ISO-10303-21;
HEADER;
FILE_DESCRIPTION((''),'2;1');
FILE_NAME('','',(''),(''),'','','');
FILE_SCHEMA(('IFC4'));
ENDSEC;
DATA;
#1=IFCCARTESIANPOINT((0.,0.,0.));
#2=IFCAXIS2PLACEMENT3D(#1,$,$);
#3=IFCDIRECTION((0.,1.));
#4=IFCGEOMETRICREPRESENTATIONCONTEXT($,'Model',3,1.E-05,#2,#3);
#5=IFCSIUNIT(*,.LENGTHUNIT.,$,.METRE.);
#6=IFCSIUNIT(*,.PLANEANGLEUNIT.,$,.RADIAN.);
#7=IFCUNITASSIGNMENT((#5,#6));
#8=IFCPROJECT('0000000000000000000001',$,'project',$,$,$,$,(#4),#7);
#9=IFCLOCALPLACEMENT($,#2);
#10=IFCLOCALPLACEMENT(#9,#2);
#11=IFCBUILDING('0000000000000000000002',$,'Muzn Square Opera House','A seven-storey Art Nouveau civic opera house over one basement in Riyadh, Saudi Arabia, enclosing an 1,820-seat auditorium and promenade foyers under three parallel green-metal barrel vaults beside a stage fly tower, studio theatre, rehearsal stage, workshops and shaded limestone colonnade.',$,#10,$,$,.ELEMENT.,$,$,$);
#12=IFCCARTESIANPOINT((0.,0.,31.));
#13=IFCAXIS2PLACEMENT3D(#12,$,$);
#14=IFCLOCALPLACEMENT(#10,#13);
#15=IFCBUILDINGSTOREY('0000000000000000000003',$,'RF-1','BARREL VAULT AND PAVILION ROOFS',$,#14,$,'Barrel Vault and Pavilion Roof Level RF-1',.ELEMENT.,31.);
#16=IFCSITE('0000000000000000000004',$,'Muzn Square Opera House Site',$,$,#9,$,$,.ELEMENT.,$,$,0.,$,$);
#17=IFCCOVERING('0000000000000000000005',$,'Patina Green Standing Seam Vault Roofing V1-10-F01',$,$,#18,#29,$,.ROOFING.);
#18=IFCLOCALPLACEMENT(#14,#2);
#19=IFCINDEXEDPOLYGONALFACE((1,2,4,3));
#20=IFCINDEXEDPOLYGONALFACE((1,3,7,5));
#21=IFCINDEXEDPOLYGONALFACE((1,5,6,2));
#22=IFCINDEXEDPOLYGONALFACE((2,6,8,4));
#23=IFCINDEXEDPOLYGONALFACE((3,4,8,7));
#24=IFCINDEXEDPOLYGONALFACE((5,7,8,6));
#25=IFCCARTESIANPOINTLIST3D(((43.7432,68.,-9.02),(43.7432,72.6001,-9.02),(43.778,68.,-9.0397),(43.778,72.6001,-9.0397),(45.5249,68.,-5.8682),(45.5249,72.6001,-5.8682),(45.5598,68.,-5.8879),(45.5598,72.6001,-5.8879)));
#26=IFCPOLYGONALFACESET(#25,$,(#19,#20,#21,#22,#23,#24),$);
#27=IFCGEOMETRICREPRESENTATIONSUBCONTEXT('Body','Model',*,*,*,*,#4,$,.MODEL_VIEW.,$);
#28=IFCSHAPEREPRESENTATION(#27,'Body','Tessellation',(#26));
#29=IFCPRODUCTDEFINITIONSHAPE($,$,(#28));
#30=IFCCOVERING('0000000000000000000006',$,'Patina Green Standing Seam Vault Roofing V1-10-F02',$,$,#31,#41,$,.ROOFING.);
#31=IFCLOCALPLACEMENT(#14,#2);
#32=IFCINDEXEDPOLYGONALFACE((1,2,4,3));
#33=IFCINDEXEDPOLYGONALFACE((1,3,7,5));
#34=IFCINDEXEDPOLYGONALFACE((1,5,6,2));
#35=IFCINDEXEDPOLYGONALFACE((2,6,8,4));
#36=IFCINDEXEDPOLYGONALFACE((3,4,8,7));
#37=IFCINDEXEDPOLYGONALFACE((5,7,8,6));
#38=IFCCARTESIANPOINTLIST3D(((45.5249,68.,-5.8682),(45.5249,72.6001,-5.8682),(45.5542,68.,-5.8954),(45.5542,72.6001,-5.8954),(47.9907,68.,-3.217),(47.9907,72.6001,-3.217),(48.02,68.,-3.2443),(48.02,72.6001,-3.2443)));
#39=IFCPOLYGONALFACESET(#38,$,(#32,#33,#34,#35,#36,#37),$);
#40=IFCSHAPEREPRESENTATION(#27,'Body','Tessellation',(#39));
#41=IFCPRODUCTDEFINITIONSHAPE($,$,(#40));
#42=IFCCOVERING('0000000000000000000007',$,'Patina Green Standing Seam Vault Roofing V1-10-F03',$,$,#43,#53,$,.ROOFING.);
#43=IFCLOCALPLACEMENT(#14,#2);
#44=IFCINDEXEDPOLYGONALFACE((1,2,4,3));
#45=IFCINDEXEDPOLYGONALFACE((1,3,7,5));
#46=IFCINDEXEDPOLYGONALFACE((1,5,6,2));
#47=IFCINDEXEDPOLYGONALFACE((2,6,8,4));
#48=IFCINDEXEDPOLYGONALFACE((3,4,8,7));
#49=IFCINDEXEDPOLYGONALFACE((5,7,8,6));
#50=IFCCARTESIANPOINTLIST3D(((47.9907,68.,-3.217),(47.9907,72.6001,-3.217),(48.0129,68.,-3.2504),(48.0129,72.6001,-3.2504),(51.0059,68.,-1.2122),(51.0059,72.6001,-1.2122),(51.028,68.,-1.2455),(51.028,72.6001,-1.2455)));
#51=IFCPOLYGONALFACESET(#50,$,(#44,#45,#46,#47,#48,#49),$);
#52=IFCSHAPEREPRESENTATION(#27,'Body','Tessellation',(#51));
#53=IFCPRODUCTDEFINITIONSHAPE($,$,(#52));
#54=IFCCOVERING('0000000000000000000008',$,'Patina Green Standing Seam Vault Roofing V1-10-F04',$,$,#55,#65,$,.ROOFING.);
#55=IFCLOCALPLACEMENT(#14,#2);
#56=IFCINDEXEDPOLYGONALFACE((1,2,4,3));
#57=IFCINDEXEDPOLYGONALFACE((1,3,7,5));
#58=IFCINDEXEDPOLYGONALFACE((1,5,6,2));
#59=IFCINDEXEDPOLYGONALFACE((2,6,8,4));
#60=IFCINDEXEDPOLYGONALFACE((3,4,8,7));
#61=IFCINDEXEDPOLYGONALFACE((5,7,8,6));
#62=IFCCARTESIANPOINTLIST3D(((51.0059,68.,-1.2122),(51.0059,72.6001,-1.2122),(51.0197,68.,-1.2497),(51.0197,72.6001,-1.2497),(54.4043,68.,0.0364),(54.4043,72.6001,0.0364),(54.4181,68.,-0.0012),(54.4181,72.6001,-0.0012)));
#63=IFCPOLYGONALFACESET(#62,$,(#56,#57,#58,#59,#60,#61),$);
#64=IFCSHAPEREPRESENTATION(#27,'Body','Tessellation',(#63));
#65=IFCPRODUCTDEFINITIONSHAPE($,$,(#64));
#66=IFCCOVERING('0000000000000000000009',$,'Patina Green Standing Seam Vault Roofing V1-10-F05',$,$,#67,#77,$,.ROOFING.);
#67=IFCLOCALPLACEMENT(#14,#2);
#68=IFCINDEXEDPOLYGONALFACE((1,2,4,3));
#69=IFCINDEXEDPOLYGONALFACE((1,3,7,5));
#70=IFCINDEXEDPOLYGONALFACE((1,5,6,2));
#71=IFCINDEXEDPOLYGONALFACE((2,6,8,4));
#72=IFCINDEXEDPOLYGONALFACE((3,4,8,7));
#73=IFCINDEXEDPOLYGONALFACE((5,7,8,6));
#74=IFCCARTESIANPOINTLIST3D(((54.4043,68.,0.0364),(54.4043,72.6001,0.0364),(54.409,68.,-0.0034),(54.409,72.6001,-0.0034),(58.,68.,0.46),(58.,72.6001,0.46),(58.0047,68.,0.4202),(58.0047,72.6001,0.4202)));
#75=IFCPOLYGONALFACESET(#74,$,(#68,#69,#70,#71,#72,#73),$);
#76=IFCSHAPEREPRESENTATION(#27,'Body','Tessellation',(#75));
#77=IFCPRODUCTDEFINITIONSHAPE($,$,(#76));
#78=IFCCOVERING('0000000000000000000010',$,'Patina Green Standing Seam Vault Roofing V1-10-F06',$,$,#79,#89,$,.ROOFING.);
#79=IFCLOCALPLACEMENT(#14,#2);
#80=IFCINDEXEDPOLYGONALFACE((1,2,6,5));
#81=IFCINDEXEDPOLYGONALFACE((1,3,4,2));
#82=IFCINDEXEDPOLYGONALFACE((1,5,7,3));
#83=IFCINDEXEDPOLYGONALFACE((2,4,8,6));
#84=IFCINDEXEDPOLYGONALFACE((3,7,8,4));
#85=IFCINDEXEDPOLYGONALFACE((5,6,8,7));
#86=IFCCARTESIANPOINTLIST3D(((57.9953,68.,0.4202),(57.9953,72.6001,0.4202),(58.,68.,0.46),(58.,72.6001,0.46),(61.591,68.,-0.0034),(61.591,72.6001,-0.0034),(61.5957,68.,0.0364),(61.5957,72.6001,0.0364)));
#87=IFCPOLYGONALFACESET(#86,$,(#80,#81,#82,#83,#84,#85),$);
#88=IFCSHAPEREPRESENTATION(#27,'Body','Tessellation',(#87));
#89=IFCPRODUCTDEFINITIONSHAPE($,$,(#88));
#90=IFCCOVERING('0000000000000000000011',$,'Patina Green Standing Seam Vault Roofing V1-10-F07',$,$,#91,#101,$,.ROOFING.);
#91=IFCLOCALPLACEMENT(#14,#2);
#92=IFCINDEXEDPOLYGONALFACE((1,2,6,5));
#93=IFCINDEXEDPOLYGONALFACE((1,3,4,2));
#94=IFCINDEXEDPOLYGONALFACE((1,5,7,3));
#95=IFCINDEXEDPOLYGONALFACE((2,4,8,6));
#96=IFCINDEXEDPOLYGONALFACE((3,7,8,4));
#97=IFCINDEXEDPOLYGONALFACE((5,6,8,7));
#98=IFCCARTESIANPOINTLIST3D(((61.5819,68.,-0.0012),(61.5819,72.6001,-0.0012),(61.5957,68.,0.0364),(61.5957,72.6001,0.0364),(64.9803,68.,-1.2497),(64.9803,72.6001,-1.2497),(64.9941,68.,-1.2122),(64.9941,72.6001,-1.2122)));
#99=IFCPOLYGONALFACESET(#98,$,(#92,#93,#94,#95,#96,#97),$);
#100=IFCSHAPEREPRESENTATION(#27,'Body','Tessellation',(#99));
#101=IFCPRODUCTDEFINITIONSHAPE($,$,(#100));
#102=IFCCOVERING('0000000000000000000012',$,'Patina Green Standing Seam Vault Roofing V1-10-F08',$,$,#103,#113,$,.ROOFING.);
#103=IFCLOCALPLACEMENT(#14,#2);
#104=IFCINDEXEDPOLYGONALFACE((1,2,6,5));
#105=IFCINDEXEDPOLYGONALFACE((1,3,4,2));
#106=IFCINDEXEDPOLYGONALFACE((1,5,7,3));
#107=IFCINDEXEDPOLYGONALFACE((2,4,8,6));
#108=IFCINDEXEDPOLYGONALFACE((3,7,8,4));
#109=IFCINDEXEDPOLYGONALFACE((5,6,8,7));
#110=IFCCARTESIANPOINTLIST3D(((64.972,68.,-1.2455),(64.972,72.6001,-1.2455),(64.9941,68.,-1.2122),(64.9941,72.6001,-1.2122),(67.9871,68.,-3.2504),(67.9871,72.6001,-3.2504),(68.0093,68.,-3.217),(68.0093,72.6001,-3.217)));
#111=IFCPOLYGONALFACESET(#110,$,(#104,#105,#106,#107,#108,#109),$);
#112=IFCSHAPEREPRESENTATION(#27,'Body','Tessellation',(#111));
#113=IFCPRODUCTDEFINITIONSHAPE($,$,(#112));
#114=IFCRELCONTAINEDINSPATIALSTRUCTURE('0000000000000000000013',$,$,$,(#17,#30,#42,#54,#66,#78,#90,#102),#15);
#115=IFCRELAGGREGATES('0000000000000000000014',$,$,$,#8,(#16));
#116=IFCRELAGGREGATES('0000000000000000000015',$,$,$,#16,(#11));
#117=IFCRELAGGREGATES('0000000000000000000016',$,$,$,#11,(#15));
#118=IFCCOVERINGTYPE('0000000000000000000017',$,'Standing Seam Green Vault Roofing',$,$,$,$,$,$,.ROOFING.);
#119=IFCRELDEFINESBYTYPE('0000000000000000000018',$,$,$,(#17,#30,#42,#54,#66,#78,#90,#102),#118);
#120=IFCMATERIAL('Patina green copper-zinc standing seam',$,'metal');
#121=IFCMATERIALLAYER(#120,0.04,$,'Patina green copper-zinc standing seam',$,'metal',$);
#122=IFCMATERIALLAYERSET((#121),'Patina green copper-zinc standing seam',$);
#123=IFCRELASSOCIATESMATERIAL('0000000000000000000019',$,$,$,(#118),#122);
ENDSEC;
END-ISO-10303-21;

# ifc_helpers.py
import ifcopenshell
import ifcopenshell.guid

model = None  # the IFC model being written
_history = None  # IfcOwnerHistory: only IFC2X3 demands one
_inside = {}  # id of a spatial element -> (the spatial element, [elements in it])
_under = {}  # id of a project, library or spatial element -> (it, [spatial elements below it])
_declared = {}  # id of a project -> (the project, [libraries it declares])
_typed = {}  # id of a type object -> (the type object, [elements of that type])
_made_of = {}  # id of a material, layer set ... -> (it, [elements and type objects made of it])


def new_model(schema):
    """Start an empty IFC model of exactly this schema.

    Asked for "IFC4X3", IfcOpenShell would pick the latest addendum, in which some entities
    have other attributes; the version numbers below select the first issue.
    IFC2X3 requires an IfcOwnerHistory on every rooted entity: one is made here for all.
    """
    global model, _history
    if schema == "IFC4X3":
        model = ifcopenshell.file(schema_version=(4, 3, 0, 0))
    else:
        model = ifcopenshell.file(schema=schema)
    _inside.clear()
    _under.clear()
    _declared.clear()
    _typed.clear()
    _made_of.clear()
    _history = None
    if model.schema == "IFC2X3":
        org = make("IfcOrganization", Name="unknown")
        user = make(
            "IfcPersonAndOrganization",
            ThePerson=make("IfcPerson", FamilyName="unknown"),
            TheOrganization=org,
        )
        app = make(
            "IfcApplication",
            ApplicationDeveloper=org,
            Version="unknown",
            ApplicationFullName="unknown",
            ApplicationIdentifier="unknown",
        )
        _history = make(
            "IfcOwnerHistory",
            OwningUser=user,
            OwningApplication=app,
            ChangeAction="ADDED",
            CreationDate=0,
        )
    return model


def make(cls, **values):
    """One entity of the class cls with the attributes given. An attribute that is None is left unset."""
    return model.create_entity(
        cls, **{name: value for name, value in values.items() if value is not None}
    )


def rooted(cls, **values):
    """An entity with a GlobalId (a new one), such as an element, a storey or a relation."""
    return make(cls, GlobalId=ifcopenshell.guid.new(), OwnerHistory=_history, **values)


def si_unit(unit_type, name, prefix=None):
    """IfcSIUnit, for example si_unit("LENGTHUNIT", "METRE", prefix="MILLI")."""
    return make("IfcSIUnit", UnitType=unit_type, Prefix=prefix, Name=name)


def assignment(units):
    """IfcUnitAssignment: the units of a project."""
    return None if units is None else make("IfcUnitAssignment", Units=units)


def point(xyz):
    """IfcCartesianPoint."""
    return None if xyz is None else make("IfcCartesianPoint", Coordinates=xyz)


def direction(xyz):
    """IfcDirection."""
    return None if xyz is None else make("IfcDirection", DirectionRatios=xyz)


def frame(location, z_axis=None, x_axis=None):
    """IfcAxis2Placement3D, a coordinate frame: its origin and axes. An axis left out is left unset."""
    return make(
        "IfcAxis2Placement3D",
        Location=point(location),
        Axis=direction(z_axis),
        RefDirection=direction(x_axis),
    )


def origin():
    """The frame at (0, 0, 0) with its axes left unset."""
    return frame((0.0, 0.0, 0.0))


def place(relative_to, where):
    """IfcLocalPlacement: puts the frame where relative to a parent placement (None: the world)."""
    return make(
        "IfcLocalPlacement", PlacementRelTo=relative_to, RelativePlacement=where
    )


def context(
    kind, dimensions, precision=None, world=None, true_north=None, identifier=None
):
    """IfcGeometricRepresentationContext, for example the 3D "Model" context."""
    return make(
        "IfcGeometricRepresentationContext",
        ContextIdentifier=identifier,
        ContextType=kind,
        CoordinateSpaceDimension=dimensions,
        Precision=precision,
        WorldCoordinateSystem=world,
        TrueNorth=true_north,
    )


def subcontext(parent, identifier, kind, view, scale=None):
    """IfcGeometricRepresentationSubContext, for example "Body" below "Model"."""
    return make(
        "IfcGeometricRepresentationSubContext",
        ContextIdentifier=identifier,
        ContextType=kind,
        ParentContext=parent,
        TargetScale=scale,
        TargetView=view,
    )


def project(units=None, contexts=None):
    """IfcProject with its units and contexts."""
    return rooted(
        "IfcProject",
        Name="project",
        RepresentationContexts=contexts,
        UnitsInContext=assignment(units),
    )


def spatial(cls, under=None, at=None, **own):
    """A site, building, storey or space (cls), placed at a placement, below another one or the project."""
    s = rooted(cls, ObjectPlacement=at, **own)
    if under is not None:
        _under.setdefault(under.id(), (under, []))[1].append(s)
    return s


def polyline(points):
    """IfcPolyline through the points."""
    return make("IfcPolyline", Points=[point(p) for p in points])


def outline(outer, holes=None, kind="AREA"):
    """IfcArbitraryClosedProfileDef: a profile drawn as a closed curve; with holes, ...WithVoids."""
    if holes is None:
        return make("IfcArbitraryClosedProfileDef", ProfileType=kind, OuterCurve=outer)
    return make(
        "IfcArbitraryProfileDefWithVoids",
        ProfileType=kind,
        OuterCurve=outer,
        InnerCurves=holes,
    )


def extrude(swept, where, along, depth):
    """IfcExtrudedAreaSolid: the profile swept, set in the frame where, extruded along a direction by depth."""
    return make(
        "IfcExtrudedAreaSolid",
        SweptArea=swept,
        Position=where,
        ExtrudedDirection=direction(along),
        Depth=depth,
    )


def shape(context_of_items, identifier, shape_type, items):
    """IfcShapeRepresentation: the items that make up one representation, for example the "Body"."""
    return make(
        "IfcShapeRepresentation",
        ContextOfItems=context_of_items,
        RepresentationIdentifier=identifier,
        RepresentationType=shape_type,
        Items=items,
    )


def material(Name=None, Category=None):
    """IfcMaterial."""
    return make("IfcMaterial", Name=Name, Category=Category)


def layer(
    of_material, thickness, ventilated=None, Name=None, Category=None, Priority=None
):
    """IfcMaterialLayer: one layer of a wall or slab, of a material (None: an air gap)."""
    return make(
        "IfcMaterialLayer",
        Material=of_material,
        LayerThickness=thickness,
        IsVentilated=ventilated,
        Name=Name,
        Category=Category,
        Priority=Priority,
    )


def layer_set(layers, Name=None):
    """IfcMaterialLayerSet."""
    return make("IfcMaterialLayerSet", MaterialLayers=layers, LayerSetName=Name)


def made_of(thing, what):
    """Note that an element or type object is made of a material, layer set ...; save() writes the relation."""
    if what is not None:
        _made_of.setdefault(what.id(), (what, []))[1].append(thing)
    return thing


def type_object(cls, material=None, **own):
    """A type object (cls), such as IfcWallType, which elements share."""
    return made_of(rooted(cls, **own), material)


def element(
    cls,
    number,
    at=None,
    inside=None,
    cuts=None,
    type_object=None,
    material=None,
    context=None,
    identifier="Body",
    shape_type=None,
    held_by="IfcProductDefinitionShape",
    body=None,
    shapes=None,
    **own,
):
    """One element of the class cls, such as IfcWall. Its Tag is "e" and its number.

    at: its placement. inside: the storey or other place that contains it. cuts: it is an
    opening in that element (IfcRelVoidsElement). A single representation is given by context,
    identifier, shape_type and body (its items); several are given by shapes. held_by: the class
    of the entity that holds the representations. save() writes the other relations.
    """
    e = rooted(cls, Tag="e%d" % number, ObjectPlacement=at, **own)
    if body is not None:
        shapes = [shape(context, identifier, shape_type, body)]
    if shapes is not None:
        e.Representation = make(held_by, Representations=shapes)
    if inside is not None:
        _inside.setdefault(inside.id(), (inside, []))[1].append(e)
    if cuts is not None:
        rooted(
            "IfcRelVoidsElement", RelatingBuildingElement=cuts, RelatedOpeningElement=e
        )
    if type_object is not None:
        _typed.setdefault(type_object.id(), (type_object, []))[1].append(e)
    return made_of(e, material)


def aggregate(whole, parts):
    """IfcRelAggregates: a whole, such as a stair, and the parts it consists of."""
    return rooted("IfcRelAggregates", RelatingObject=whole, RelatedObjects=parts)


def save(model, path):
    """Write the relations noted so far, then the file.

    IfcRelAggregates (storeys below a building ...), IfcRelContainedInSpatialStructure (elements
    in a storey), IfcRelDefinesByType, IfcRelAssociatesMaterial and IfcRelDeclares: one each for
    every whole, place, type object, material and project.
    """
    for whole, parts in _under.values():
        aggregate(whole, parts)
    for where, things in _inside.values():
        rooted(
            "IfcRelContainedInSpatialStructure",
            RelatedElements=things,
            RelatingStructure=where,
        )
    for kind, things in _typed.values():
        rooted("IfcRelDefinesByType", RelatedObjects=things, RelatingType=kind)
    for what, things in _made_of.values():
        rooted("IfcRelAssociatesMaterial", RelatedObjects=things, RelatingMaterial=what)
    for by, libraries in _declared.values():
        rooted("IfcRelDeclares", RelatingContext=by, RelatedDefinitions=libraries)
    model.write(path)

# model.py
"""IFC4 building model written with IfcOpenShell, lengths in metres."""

from ifc_helpers import new_model, si_unit, direction, frame, origin, place, context, subcontext, project, spatial, polyline, outline, extrude, material, layer, layer_set, type_object, element, save


model = new_model("IFC4")

# Units and contexts
model_context = context("Model", 3, precision=1e-05, world=origin(), true_north=direction((0.0, 1.0)))
body_context = subcontext(model_context, "Body", "Model", "MODEL_VIEW")
ifc_project = project(units=[si_unit("LENGTHUNIT", "METRE"), si_unit("PLANEANGLEUNIT", "RADIAN")], contexts=[model_context])

# Site, building, storey
site_placement = place(None, origin())
site = spatial("IfcSite", under=ifc_project, at=site_placement, Name="Muzn Square Opera House Site", CompositionType="ELEMENT", RefElevation=0.0)
building_placement = place(site_placement, origin())
building = spatial("IfcBuilding", under=site, at=building_placement, Name="Muzn Square Opera House", Description="A seven-storey Art Nouveau civic opera house over one basement in Riyadh, Saudi Arabia, enclosing an 1,820-seat auditorium and promenade foyers under three parallel green-metal barrel vaults beside a stage fly tower, studio theatre, rehearsal stage, workshops and shaded limestone colonnade.", CompositionType="ELEMENT")
storey_placement = place(building_placement, frame((0.0, 0.0, 31.0)))
storey = spatial("IfcBuildingStorey", under=building, at=storey_placement, Name="RF-1", Description="BARREL VAULT AND PAVILION ROOFS", LongName="Barrel Vault and Pavilion Roof Level RF-1", CompositionType="ELEMENT", Elevation=31.0)

# Shared definitions
ifc_material_1 = material(Name="Patina green copper-zinc standing seam", Category="metal")

# Coverings
ifc_layer_1 = layer(ifc_material_1, 0.04, Name="Patina green copper-zinc standing seam", Category="metal")
ifc_layer_set_1 = layer_set([ifc_layer_1], Name="Patina green copper-zinc standing seam")
covering_type = type_object("IfcCoveringType", Name="Standing Seam Green Vault Roofing", PredefinedType="ROOFING", material=ifc_layer_set_1)
covering_1_placement = place(storey_placement, frame((45.5249, 68.0, -5.8682), z_axis=(-0.870533, 0.0, 0.492111), x_axis=(0.0, 1.0, 0.0)))
element("IfcCovering", 1, at=covering_1_placement, inside=storey, type_object=covering_type, Name="Patina Green Standing Seam Vault Roofing V1-10-F01", PredefinedType="ROOFING", context=body_context, shape_type="SweptSolid", body=[
    extrude(outline(polyline([(0.0, 3.6206), (0.0, 0.0), (4.6001, 0.0), (4.6001, 3.6206), (0.0, 3.6206)])), origin(), (0.0, 0.0, -1.0), 0.04),
])
covering_2_placement = place(storey_placement, frame((47.9907, 68.0, -3.217), z_axis=(-0.732234, 0.0, 0.681053), x_axis=(0.0, 1.0, 0.0)))
element("IfcCovering", 2, at=covering_2_placement, inside=storey, type_object=covering_type, Name="Patina Green Standing Seam Vault Roofing V1-10-F02", PredefinedType="ROOFING", context=body_context, shape_type="SweptSolid", body=[
    extrude(outline(polyline([(0.0, 3.6206), (0.0, 0.0), (4.6001, 0.0), (4.6001, 3.6206), (0.0, 3.6206)])), origin(), (0.0, 0.0, -1.0), 0.04),
])
covering_3_placement = place(storey_placement, frame((51.0059, 68.0, -1.2122), z_axis=(-0.553704, 0.0, 0.832714), x_axis=(0.0, 1.0, 0.0)))
element("IfcCovering", 3, at=covering_3_placement, inside=storey, type_object=covering_type, Name="Patina Green Standing Seam Vault Roofing V1-10-F03", PredefinedType="ROOFING", context=body_context, shape_type="SweptSolid", body=[
    extrude(outline(polyline([(0.0, 3.6209), (0.0, 0.0), (4.6001, 0.0), (4.6001, 3.6209), (0.0, 3.6209)])), origin(), (0.0, 0.0, -1.0), 0.04),
])
covering_4_placement = place(storey_placement, frame((54.4043, 68.0, 0.0364), z_axis=(-0.344849, 0.0, 0.938658), x_axis=(0.0, 1.0, 0.0)))
element("IfcCovering", 4, at=covering_4_placement, inside=storey, type_object=covering_type, Name="Patina Green Standing Seam Vault Roofing V1-10-F04", PredefinedType="ROOFING", context=body_context, shape_type="SweptSolid", body=[
    extrude(outline(polyline([(0.0, 3.6205), (0.0, 0.0), (4.6001, 0.0), (4.6001, 3.6205), (0.0, 3.6205)])), origin(), (0.0, 0.0, -1.0), 0.04),
])
covering_5_placement = place(storey_placement, frame((58.0, 68.0, 0.46), z_axis=(-0.116994, 0.0, 0.993133), x_axis=(0.0, 1.0, 0.0)))
element("IfcCovering", 5, at=covering_5_placement, inside=storey, type_object=covering_type, Name="Patina Green Standing Seam Vault Roofing V1-10-F05", PredefinedType="ROOFING", context=body_context, shape_type="SweptSolid", body=[
    extrude(outline(polyline([(0.0, 3.6206), (0.0, 0.0), (4.6001, 0.0), (4.6001, 3.6206), (0.0, 3.6206)])), origin(), (0.0, 0.0, -1.0), 0.04),
])
covering_6_placement = place(storey_placement, frame((58.0, 68.0, 0.46), z_axis=(0.116994, 0.0, 0.993133), x_axis=(0.993133, 0.0, -0.116994)))
element("IfcCovering", 6, at=covering_6_placement, inside=storey, type_object=covering_type, Name="Patina Green Standing Seam Vault Roofing V1-10-F06", PredefinedType="ROOFING", context=body_context, shape_type="SweptSolid", body=[
    extrude(outline(polyline([(0.0, 0.0), (3.6206, 0.0), (3.6206, 4.6001), (0.0, 4.6001), (0.0, 0.0)])), origin(), (0.0, 0.0, -1.0), 0.04),
])
covering_7_placement = place(storey_placement, frame((61.5957, 68.0, 0.0364), z_axis=(0.344849, 0.0, 0.938658), x_axis=(0.938658, 0.0, -0.344849)))
element("IfcCovering", 7, at=covering_7_placement, inside=storey, type_object=covering_type, Name="Patina Green Standing Seam Vault Roofing V1-10-F07", PredefinedType="ROOFING", context=body_context, shape_type="SweptSolid", body=[
    extrude(outline(polyline([(0.0, 0.0), (3.6205, 0.0), (3.6205, 4.6001), (0.0, 4.6001), (0.0, 0.0)])), origin(), (0.0, 0.0, -1.0), 0.04),
])
covering_8_placement = place(storey_placement, frame((64.9941, 68.0, -1.2122), z_axis=(0.553704, 0.0, 0.832714), x_axis=(0.832714, 0.0, -0.553704)))
element("IfcCovering", 8, at=covering_8_placement, inside=storey, type_object=covering_type, Name="Patina Green Standing Seam Vault Roofing V1-10-F08", PredefinedType="ROOFING", context=body_context, shape_type="SweptSolid", body=[
    extrude(outline(polyline([(0.0, 0.0), (3.6209, 0.0), (3.6209, 4.6001), (0.0, 4.6001), (0.0, 0.0)])), origin(), (0.0, 0.0, -1.0), 0.04),
])

save(model, "model.ifc")
